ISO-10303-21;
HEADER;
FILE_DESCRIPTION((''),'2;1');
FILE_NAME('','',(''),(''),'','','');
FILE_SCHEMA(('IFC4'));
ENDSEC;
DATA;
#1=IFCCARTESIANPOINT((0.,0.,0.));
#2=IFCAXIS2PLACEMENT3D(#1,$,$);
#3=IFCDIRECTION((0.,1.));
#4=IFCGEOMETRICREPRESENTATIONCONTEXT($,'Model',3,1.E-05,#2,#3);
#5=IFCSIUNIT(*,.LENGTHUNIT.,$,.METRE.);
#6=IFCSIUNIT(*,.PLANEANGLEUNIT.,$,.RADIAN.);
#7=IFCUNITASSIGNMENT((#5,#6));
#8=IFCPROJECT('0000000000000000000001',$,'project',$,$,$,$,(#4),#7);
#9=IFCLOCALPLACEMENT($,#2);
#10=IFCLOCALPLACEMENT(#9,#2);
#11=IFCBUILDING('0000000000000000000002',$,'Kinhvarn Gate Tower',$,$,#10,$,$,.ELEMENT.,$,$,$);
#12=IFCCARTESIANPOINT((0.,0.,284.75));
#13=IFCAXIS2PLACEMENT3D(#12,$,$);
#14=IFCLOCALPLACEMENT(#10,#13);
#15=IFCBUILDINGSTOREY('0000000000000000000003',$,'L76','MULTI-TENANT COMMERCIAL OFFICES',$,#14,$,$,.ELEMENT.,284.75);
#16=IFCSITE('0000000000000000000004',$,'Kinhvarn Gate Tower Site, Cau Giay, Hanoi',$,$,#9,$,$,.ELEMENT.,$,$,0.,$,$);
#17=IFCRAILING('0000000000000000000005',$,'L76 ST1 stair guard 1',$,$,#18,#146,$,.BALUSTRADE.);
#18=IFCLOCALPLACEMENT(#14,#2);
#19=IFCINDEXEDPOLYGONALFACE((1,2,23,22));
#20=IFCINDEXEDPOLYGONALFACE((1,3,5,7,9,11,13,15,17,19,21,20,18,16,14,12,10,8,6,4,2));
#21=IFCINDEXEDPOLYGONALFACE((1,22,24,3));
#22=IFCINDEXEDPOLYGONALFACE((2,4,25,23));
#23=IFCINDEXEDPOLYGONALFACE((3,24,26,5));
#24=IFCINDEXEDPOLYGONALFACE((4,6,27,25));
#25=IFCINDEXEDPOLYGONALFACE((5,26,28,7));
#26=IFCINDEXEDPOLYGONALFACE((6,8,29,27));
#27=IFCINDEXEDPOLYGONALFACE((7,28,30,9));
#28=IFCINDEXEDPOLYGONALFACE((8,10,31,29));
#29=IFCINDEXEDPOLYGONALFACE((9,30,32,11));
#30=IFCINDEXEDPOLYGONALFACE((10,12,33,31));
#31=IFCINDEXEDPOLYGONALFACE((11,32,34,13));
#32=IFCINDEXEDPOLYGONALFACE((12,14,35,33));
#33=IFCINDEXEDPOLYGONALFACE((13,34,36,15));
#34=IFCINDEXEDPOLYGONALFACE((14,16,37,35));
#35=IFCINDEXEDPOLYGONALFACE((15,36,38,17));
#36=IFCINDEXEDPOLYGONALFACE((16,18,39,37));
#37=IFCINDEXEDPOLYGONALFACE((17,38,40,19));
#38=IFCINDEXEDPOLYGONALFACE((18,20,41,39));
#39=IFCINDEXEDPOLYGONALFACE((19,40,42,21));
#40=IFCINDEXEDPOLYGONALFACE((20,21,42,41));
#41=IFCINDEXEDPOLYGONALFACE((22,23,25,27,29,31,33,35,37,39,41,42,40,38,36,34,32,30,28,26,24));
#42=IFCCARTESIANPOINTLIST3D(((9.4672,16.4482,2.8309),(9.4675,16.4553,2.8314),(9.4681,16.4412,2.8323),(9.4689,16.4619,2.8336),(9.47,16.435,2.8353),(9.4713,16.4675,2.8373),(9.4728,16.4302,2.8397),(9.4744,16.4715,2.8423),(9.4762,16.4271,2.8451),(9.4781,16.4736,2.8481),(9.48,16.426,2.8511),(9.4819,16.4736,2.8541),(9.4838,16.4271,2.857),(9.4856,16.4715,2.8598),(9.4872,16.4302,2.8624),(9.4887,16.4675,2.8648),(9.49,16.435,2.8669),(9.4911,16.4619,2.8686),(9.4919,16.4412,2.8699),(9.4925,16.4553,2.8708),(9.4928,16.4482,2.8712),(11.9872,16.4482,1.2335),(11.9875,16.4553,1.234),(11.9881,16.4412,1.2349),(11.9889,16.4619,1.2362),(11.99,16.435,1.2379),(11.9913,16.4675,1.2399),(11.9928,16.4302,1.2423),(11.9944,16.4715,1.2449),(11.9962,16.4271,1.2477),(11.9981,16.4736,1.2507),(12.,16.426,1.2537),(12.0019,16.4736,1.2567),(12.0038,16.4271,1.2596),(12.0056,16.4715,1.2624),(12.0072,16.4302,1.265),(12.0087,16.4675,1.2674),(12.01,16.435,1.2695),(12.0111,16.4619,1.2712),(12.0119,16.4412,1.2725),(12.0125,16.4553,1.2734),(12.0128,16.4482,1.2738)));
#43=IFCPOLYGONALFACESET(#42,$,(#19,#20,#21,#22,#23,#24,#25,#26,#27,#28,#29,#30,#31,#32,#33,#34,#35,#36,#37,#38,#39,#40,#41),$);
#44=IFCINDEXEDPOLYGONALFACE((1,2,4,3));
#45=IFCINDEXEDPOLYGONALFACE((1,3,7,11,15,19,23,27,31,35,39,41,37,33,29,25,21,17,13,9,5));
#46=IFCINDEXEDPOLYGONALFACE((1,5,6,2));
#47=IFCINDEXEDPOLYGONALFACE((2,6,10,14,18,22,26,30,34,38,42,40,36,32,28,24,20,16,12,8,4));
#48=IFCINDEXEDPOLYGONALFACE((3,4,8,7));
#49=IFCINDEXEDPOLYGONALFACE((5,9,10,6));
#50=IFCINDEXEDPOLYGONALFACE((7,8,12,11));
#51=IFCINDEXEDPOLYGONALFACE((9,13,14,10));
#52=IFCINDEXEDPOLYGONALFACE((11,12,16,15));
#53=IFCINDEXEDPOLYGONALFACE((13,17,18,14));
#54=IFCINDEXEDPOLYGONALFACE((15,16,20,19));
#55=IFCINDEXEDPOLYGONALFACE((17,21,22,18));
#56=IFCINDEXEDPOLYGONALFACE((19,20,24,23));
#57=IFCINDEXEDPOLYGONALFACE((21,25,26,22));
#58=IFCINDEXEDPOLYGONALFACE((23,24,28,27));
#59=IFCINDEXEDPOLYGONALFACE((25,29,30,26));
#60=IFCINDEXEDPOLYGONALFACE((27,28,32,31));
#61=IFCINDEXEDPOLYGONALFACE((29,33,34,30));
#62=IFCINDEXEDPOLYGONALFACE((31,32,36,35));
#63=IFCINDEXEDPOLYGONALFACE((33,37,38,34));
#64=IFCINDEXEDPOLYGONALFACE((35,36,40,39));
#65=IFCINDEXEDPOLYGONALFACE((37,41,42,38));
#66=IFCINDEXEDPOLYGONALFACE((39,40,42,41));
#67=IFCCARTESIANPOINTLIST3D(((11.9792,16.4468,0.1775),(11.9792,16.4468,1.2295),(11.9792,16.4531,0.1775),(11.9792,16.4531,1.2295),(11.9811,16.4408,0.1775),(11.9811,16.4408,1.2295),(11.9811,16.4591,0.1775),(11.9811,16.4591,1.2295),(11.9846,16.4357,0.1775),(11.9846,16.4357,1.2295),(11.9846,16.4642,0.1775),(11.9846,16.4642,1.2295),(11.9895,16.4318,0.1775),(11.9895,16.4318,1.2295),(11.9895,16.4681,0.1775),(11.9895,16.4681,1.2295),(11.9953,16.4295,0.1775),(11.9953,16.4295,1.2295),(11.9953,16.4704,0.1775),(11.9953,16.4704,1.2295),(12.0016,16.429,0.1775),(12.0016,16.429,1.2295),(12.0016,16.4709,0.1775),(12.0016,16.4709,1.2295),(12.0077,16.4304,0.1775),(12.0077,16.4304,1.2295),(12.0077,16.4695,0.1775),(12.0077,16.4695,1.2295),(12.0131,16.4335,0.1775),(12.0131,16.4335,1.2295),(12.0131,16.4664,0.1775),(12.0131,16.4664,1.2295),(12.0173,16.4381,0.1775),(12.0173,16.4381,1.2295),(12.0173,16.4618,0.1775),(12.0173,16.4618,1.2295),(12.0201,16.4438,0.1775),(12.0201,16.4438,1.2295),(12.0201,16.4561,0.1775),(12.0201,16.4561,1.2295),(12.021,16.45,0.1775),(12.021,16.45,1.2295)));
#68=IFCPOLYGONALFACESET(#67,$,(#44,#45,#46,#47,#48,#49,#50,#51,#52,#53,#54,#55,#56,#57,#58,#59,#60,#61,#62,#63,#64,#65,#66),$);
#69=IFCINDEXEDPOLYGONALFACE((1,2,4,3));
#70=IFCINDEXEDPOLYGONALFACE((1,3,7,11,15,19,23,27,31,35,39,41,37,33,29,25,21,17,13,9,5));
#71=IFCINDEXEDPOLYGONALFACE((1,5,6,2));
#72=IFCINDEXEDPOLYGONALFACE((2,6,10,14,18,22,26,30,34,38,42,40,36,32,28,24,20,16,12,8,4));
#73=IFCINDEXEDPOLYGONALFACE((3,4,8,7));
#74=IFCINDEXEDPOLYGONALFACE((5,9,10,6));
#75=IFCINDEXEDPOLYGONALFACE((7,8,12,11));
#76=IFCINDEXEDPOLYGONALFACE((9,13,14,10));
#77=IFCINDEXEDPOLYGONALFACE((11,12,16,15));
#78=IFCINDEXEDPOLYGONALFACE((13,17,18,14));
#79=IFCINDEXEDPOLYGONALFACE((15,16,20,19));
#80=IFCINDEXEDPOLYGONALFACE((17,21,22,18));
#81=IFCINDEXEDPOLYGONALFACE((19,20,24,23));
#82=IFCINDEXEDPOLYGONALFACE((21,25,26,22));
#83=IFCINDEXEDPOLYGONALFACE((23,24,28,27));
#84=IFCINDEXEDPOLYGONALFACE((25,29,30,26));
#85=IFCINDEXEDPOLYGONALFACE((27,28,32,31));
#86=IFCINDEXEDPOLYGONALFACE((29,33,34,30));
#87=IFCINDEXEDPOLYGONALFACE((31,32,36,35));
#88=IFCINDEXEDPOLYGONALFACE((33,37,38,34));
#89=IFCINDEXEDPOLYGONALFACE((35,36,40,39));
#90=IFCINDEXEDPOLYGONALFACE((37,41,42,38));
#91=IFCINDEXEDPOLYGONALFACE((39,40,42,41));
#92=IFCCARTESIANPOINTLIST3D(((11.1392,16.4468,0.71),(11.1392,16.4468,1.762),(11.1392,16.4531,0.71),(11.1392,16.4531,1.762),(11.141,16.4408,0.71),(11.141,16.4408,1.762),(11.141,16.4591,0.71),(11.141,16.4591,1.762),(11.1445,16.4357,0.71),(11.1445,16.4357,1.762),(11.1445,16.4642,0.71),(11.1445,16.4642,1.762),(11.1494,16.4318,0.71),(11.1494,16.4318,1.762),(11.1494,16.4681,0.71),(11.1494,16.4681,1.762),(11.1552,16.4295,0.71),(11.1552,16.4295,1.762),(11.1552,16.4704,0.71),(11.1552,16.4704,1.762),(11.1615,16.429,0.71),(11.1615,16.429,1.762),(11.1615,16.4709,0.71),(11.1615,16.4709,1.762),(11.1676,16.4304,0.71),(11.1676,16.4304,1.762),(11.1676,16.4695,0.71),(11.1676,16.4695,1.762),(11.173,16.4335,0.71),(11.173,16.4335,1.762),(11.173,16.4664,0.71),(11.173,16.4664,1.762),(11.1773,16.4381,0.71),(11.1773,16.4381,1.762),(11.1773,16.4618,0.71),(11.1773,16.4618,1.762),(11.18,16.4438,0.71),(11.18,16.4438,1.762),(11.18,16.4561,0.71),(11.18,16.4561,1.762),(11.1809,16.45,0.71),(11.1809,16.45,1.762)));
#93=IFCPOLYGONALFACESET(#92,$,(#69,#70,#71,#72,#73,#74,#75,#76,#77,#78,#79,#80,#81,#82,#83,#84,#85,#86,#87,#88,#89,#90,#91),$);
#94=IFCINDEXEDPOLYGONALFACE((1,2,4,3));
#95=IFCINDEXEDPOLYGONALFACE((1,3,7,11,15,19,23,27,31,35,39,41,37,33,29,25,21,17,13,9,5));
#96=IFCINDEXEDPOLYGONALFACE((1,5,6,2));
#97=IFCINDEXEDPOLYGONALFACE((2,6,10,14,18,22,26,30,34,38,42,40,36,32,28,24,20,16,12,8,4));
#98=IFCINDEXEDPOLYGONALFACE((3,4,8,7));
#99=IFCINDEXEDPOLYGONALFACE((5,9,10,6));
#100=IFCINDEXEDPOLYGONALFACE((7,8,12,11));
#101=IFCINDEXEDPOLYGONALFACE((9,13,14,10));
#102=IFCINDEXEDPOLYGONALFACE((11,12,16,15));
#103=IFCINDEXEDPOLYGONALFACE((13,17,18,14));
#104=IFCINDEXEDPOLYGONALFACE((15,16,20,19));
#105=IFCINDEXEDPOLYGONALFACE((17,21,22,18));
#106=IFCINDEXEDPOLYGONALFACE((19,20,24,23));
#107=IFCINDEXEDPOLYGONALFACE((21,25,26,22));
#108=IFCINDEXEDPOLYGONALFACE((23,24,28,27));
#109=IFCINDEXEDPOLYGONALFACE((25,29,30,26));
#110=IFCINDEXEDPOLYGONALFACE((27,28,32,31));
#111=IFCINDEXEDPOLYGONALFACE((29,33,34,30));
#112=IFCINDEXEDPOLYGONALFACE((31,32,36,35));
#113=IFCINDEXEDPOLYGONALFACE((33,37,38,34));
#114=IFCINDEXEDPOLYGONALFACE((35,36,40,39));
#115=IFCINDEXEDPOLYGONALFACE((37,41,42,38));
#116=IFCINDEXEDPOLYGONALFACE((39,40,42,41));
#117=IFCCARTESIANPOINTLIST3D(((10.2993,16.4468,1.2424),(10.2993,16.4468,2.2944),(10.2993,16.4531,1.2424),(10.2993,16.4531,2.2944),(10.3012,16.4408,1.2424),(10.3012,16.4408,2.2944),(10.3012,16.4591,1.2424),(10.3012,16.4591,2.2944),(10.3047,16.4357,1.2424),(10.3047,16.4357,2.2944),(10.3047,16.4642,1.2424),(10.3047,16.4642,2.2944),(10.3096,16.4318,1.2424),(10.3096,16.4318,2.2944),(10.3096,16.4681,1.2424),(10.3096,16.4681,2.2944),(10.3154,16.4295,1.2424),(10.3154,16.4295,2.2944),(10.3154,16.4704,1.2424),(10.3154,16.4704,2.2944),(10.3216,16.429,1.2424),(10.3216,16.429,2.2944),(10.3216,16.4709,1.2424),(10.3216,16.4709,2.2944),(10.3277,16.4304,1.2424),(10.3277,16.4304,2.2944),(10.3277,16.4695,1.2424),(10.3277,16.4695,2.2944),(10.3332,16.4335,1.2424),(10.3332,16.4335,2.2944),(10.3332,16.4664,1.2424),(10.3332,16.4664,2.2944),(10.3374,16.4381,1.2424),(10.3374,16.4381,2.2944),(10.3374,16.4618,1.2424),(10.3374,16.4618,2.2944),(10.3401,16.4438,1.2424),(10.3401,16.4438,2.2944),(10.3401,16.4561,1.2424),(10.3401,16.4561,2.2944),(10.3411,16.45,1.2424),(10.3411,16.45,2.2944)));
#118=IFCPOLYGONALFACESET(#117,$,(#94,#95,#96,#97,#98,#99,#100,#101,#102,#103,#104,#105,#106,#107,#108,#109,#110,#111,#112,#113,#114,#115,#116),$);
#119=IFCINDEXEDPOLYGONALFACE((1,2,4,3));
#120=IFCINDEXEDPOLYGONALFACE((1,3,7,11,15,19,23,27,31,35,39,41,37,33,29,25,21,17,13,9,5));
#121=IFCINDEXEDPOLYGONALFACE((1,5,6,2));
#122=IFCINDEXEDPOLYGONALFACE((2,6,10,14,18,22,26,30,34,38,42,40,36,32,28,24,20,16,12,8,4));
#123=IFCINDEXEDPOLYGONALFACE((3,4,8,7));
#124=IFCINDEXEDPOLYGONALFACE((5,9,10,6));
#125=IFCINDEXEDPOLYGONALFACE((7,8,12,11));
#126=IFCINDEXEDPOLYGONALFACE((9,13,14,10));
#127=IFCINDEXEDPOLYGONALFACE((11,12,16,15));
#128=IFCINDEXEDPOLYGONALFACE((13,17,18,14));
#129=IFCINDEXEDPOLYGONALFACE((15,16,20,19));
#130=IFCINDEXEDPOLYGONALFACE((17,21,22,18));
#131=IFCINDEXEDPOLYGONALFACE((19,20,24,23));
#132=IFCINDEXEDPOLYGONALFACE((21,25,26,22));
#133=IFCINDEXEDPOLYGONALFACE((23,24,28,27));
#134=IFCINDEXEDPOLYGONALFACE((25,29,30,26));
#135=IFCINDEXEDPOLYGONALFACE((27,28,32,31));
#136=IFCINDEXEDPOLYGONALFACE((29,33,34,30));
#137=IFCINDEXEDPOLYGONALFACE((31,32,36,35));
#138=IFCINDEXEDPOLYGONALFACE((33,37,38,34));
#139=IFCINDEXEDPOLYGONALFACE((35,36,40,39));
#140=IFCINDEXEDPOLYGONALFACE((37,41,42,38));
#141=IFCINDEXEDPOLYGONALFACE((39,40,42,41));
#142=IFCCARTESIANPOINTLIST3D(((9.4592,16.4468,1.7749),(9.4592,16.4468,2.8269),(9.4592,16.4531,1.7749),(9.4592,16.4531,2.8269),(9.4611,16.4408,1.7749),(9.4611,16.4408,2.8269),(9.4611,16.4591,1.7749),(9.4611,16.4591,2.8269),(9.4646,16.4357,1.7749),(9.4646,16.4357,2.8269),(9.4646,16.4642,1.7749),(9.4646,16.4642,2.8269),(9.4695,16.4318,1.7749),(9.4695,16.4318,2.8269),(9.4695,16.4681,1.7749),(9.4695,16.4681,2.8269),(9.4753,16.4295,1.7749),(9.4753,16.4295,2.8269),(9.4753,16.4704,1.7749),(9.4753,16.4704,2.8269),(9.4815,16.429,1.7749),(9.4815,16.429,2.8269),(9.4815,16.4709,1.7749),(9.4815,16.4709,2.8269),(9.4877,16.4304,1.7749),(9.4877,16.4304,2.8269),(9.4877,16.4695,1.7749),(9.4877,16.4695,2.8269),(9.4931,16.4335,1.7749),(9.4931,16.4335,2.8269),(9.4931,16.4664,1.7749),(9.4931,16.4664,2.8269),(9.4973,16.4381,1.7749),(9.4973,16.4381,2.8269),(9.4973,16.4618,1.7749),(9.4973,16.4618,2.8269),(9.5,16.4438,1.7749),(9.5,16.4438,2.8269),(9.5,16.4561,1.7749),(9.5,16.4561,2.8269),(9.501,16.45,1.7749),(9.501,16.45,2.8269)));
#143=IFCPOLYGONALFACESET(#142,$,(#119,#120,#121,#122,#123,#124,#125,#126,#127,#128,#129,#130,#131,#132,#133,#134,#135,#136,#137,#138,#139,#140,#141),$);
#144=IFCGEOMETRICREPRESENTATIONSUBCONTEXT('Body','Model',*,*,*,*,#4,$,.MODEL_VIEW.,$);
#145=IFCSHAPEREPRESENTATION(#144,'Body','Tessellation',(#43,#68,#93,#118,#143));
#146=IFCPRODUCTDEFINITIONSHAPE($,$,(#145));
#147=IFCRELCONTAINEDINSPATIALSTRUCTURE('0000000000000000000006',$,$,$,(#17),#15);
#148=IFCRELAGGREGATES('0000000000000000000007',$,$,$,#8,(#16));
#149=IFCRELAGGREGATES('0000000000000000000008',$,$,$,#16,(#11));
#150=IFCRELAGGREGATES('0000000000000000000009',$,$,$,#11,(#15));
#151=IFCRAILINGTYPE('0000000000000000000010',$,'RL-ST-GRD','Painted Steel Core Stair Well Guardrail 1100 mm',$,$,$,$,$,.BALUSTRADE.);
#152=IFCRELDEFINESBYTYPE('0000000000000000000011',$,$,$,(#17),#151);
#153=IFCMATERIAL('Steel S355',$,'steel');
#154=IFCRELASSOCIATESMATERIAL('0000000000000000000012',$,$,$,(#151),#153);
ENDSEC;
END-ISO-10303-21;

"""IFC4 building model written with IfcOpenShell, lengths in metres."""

from ifc_helpers import new_model, si_unit, direction, frame, origin, origin_2d, place, context, subcontext, project, spatial, circle, extrude, material, type_object, element, save


model = new_model("IFC4")

# Units and contexts
model_context = context("Model", 3, precision=1e-05, world=origin(), true_north=direction((0.0, 1.0)))
body_context = subcontext(model_context, "Body", "Model", "MODEL_VIEW")
ifc_project = project(units=[si_unit("LENGTHUNIT", "METRE"), si_unit("PLANEANGLEUNIT", "RADIAN")], contexts=[model_context])

# Site, building, storey
site_placement = place(None, origin())
site = spatial("IfcSite", under=ifc_project, at=site_placement, Name="Kinhvarn Gate Tower Site, Cau Giay, Hanoi", CompositionType="ELEMENT", RefElevation=0.0)
building_placement = place(site_placement, origin())
building = spatial("IfcBuilding", under=site, at=building_placement, Name="Kinhvarn Gate Tower", CompositionType="ELEMENT")
storey_placement = place(building_placement, frame((0.0, 0.0, 284.75)))
storey = spatial("IfcBuildingStorey", under=building, at=storey_placement, Name="L76", Description="MULTI-TENANT COMMERCIAL OFFICES", CompositionType="ELEMENT", Elevation=284.75)

# Shared definitions
ifc_material_1 = material(Name="Steel S355", Category="steel")

# Railing
railing_type_1 = type_object("IfcRailingType", Name="RL-ST-GRD", Description="Painted Steel Core Stair Well Guardrail 1100 mm", PredefinedType="BALUSTRADE", material=ifc_material_1)
railing_1_placement = place(storey_placement, frame((12.0, 16.45, 0.1775)))
element("IfcRailing", 1, at=railing_1_placement, inside=storey, type_object=railing_type_1, Name="L76 ST1 stair guard 1", PredefinedType="BALUSTRADE", context=body_context, shape_type="SweptSolid", body=[
    extrude(circle(Radius=0.0239, at=origin_2d()), frame((0.0, 0.0, 1.0762), z_axis=(-0.844607, 0.0, 0.535387), x_axis=(0.0, -1.0, 0.0)), (0.0, 0.0, 1.0), 2.9836),
    extrude(circle(Radius=0.021, at=origin_2d()), origin(), (0.0, 0.0, 1.0), 1.052),
    extrude(circle(Radius=0.021, at=origin_2d()), frame((-0.8401, 0.0, 0.5325)), (0.0, 0.0, 1.0), 1.052),
    extrude(circle(Radius=0.021, at=origin_2d()), frame((-1.6799, 0.0, 1.0649)), (0.0, 0.0, 1.0), 1.052),
    extrude(circle(Radius=0.021, at=origin_2d()), frame((-2.52, 0.0, 1.5974)), (0.0, 0.0, 1.0), 1.052),
])

save(model, "model.ifc")
